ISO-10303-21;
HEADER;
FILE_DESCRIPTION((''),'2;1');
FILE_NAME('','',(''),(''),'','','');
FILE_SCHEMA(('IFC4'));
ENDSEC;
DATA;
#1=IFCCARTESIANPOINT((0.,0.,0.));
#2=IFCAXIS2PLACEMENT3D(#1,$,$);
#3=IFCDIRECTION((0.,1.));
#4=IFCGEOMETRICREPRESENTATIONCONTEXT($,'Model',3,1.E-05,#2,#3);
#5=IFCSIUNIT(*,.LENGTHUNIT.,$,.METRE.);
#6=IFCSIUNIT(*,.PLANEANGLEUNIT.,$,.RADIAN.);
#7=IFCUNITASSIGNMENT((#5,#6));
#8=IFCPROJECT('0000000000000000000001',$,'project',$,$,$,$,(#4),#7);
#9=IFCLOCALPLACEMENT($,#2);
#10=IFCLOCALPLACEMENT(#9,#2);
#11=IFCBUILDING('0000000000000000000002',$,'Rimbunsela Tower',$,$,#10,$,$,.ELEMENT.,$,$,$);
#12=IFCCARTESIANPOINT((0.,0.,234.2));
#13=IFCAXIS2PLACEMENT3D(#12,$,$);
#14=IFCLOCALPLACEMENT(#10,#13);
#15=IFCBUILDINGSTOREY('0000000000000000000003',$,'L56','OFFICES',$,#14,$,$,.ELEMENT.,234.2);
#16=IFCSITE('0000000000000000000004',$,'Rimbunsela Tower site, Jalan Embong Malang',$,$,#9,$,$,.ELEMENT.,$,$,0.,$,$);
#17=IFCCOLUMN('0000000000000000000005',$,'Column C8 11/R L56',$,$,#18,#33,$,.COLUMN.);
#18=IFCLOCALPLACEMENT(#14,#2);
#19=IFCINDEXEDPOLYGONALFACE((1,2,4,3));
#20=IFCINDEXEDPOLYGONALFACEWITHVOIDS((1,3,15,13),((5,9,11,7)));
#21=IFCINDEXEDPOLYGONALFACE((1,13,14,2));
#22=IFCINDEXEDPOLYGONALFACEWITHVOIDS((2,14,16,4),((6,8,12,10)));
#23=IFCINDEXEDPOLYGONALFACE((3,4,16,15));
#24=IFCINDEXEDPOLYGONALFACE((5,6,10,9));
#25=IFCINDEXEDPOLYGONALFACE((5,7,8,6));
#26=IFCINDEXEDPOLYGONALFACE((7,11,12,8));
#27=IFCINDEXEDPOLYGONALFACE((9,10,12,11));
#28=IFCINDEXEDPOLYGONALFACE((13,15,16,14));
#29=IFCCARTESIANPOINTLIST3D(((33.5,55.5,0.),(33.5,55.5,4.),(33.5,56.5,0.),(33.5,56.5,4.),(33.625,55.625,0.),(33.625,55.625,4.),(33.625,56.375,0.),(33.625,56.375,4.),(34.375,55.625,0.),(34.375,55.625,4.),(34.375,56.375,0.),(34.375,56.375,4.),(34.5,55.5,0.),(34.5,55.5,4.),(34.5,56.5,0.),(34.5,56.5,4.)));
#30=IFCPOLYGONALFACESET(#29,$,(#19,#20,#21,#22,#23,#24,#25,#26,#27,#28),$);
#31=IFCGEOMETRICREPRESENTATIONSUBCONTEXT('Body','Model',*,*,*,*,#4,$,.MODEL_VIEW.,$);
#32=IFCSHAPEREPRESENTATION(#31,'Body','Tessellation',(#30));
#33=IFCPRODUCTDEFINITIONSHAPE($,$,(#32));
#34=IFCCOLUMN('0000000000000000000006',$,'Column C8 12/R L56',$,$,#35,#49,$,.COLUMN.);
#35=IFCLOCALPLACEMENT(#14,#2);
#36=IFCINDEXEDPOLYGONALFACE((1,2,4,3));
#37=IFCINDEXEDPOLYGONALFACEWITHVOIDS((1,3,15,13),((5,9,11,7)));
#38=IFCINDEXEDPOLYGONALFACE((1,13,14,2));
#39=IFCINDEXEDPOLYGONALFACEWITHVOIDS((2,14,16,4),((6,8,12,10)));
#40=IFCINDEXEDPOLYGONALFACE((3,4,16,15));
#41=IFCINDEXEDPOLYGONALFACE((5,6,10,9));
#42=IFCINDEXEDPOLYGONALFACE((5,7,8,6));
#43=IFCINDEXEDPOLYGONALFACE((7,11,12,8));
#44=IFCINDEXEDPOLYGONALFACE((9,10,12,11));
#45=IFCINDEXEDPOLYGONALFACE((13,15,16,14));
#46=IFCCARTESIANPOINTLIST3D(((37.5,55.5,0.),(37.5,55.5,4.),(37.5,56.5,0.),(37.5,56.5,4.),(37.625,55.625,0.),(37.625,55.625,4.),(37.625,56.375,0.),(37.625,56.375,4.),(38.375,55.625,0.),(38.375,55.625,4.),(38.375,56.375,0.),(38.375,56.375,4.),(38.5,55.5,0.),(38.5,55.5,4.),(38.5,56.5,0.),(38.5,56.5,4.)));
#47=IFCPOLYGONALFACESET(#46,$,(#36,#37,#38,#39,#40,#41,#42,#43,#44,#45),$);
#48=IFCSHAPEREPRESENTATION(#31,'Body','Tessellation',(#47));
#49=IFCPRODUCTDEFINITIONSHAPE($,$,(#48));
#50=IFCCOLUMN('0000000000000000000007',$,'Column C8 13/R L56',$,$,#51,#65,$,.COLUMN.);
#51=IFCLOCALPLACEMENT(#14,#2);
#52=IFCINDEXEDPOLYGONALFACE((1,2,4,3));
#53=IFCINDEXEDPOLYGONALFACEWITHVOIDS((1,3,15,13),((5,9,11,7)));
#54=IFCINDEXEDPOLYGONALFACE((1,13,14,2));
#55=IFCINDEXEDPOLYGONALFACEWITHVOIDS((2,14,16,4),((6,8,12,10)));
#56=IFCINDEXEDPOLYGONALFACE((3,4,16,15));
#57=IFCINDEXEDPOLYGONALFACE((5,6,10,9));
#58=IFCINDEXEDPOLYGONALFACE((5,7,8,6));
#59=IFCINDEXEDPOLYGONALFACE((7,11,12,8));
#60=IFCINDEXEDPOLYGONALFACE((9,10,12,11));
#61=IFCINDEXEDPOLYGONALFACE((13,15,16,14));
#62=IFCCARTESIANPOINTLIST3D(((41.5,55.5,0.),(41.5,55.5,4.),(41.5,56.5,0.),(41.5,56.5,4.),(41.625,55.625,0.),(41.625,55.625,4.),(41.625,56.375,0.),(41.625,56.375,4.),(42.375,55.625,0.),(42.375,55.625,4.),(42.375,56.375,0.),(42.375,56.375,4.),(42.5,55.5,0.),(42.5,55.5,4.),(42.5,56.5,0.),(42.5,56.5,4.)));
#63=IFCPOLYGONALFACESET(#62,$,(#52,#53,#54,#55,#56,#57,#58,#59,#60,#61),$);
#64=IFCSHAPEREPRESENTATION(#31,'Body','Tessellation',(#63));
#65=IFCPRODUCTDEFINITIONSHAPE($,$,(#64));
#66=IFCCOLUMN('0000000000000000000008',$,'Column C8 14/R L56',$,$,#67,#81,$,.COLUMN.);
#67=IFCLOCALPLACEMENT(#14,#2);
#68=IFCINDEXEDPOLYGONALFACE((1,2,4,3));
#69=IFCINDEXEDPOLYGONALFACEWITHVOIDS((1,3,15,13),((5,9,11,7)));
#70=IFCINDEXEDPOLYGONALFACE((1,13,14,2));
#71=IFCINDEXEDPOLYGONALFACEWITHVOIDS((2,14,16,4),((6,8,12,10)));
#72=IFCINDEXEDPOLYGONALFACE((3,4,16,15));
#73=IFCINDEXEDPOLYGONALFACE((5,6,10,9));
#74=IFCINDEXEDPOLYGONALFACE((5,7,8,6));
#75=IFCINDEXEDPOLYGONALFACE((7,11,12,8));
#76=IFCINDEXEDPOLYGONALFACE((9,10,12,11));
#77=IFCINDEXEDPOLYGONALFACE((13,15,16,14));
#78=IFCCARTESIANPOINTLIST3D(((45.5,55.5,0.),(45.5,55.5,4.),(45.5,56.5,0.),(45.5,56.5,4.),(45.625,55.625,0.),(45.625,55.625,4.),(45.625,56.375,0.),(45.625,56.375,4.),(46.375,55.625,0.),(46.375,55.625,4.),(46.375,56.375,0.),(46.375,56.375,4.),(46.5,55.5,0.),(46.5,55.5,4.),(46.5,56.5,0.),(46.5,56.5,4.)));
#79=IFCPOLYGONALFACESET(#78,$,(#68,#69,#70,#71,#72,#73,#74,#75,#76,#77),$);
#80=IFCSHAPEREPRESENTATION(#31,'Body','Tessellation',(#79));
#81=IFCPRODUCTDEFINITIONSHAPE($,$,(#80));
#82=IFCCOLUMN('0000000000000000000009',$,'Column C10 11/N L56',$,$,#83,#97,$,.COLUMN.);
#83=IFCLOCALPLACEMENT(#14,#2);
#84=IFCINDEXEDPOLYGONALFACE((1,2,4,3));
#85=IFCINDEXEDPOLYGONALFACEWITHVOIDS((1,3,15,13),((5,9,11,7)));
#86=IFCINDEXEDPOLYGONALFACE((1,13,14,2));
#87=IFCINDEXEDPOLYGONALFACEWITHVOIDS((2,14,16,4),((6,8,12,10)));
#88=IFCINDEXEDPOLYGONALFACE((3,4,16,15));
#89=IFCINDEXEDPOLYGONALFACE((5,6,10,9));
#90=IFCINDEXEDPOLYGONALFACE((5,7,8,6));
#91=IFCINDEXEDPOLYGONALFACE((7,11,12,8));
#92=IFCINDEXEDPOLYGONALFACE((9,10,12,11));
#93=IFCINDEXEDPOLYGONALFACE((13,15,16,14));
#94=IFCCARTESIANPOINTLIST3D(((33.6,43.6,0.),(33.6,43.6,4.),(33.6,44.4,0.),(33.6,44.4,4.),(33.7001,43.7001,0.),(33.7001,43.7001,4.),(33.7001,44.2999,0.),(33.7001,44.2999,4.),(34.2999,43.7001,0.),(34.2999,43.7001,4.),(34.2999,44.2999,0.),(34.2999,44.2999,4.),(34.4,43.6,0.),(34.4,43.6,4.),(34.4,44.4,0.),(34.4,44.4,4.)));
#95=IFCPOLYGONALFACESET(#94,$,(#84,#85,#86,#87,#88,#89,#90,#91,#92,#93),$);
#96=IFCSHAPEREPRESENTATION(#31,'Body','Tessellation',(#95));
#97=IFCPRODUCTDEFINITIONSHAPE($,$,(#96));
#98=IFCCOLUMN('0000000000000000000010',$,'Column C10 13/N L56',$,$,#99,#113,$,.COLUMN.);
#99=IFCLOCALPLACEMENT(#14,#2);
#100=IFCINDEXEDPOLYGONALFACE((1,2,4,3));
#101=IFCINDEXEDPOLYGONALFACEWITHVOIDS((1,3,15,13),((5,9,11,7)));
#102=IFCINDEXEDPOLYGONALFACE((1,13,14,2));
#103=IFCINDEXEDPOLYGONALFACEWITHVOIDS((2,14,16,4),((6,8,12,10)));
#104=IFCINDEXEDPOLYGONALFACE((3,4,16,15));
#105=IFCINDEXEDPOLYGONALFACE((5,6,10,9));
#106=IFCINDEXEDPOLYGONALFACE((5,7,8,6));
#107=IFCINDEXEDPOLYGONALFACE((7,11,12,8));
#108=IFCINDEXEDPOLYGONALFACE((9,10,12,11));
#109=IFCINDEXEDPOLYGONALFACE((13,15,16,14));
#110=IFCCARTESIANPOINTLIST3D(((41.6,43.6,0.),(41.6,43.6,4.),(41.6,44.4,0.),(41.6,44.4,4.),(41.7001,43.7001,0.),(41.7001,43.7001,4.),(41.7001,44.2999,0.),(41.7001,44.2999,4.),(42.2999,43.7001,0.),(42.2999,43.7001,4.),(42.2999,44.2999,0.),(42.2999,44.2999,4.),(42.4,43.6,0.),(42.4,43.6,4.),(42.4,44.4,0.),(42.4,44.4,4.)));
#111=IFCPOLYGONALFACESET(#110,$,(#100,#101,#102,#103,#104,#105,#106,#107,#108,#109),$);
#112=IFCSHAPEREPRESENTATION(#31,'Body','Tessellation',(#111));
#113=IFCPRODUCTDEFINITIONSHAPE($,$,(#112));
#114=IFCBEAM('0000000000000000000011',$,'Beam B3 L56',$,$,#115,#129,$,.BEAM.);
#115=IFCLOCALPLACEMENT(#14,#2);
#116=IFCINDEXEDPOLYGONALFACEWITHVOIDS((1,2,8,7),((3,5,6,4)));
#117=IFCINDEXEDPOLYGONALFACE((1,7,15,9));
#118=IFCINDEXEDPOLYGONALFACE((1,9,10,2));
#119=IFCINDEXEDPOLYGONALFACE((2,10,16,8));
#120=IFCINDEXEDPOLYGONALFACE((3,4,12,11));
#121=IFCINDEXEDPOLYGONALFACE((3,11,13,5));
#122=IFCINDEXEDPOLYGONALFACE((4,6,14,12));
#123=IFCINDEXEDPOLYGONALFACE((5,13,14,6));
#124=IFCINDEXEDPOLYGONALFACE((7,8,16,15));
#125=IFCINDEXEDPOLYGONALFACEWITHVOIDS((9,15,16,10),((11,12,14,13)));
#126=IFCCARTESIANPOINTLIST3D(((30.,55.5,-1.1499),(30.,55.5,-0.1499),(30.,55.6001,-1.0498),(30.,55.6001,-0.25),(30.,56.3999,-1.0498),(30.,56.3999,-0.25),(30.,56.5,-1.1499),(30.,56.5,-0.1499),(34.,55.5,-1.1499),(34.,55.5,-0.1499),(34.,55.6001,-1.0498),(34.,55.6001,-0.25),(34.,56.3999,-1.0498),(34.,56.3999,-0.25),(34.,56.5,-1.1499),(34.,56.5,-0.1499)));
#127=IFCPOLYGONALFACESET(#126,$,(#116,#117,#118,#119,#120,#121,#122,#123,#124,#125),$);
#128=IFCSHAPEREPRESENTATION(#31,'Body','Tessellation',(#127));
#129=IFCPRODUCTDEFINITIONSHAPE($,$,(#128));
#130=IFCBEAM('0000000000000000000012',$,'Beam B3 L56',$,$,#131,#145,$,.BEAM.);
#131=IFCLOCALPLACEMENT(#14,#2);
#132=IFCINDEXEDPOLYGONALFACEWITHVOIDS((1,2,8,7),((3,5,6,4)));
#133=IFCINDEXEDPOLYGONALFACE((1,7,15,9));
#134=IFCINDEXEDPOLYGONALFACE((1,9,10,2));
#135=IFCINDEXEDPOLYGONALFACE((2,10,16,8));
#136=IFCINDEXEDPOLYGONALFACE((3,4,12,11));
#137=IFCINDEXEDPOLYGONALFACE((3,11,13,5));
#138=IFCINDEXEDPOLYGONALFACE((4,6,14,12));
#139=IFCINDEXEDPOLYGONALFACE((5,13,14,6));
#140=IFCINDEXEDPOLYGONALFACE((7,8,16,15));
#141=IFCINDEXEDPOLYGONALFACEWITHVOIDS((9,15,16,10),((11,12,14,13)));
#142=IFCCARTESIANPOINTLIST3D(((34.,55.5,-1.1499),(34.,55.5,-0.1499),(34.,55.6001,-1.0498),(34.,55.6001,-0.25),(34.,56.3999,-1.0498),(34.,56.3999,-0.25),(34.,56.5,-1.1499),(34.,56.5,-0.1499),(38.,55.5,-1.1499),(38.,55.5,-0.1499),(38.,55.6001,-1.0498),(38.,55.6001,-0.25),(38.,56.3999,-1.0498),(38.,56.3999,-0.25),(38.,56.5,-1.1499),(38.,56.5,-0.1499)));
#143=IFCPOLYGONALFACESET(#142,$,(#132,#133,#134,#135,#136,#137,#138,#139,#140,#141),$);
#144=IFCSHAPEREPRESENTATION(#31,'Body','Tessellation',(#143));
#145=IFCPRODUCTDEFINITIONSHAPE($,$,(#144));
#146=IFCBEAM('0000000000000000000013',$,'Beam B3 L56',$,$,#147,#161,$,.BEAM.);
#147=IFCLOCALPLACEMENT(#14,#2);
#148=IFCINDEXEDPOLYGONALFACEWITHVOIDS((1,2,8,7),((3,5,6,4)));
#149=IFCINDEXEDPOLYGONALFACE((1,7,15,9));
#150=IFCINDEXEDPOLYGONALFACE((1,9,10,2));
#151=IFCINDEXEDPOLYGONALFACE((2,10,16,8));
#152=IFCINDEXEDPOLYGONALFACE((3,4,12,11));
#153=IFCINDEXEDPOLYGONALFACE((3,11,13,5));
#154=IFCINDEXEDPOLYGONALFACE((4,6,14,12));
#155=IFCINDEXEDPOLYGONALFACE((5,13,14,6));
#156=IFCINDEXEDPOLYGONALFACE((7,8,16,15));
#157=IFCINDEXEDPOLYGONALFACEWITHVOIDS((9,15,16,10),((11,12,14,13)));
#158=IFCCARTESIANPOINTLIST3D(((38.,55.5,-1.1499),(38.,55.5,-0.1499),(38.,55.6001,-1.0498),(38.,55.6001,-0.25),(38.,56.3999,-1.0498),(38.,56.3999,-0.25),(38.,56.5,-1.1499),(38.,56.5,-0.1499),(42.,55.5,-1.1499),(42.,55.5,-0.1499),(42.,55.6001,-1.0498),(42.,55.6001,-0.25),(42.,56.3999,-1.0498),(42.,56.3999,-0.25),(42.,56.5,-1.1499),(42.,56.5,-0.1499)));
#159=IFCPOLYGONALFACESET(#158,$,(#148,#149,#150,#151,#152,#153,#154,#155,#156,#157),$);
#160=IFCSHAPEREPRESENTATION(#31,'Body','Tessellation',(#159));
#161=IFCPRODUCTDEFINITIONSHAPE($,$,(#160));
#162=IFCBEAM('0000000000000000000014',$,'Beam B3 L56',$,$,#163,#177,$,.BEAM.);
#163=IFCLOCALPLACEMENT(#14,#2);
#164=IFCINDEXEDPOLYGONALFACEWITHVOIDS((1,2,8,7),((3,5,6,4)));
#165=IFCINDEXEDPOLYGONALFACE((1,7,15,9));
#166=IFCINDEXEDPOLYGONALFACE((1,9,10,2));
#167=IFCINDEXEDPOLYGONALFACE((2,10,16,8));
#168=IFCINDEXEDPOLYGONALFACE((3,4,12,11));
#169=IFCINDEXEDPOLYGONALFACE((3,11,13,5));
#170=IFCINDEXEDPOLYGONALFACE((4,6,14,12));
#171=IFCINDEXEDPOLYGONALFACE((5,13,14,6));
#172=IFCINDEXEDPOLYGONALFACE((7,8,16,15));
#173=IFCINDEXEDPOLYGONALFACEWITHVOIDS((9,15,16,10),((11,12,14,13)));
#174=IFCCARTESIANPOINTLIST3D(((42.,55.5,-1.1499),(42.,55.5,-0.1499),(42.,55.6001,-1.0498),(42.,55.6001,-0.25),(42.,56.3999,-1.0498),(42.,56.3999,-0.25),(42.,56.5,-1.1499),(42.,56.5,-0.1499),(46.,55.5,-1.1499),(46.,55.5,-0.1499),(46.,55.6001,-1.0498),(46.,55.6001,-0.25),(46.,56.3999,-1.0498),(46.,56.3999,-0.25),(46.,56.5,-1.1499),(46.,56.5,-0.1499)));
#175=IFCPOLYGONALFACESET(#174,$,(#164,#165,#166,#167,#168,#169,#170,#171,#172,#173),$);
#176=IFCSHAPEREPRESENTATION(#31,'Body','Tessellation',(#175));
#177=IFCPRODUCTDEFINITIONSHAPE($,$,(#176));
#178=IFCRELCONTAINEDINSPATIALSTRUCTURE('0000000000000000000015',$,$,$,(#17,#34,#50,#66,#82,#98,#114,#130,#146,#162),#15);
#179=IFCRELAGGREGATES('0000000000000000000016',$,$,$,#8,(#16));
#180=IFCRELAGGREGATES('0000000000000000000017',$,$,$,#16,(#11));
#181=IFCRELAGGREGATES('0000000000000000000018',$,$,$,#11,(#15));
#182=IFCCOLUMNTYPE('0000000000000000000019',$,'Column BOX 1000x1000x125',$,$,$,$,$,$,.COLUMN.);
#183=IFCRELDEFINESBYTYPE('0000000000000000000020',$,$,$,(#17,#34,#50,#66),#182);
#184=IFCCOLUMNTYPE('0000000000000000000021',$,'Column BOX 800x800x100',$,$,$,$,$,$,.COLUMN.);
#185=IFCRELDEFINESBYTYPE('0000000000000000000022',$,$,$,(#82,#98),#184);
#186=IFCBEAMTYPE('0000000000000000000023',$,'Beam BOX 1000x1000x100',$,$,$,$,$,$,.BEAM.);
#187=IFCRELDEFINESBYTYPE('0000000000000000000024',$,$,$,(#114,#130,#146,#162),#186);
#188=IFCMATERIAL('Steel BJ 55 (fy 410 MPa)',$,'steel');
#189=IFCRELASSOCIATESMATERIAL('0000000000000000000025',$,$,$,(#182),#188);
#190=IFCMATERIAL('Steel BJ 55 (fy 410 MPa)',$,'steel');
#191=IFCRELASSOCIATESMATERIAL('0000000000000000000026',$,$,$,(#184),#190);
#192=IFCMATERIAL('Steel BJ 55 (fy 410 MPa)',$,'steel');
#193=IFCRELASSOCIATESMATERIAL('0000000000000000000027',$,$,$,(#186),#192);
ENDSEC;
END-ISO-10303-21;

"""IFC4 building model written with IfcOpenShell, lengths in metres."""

from ifc_helpers import new_model, si_unit, direction, frame, origin, origin_2d, place, context, subcontext, project, spatial, hollow_rectangle, extrude, material, material_profile, profile_set, type_object, element, save


model = new_model("IFC4")

# Units and contexts
model_context = context("Model", 3, precision=1e-05, world=origin(), true_north=direction((0.0, 1.0)))
body_context = subcontext(model_context, "Body", "Model", "MODEL_VIEW")
ifc_project = project(units=[si_unit("LENGTHUNIT", "METRE"), si_unit("PLANEANGLEUNIT", "RADIAN")], contexts=[model_context])

# Site, building, storey
site_placement = place(None, origin())
site = spatial("IfcSite", under=ifc_project, at=site_placement, Name="Rimbunsela Tower site, Jalan Embong Malang", CompositionType="ELEMENT", RefElevation=0.0)
building_placement = place(site_placement, origin())
building = spatial("IfcBuilding", under=site, at=building_placement, Name="Rimbunsela Tower", CompositionType="ELEMENT")
storey_placement = place(building_placement, frame((0.0, 0.0, 234.2)))
storey = spatial("IfcBuildingStorey", under=building, at=storey_placement, Name="L56", Description="OFFICES", CompositionType="ELEMENT", Elevation=234.2)

# Columns
ifc_material_1 = material(Name="Steel BJ 55 (fy 410 MPa)", Category="steel")
ifc_material_profile_1 = material_profile(ifc_material_1, hollow_rectangle(XDim=1.0, YDim=1.0, WallThickness=0.125, at=origin_2d()), Name="BOX 1000x1000x125")
ifc_profile_set_1 = profile_set([ifc_material_profile_1], Name="Steel BJ 55 (fy 410 MPa)")
column_type_1 = type_object("IfcColumnType", Name="Column BOX 1000x1000x125", PredefinedType="COLUMN", material=ifc_profile_set_1)
for number, where, z_axis, x_axis, name in (
    (1, (34.0, 56.0, 0.0), (0.0, 0.0, 1.0), (1.0, 0.0, 0.0), "Column C8 11/R L56"),
    (2, (38.0, 56.0, 0.0), (0.0, 0.0, 1.0), (1.0, 0.0, 0.0), "Column C8 12/R L56"),
    (3, (42.0, 56.0, 0.0), (0.0, 0.0, 1.0), (1.0, 0.0, 0.0), "Column C8 13/R L56"),
    (4, (46.0, 56.0, 0.0), (0.0, 0.0, 1.0), (1.0, 0.0, 0.0), "Column C8 14/R L56"),
):
    element("IfcColumn", number, at=place(storey_placement, frame(where, z_axis=z_axis, x_axis=x_axis)), inside=storey, type_object=column_type_1, Name=name, PredefinedType="COLUMN", context=body_context, shape_type="SweptSolid", body=[
        extrude(hollow_rectangle(XDim=1.0, YDim=1.0, WallThickness=0.125, at=origin_2d()), origin(), (0.0, 0.0, 1.0), 4.0),
    ])
ifc_material_2 = material(Name="Steel BJ 55 (fy 410 MPa)", Category="steel")
ifc_material_profile_2 = material_profile(ifc_material_2, hollow_rectangle(XDim=0.8, YDim=0.8, WallThickness=0.1001, at=origin_2d()), Name="BOX 800x800x100")
ifc_profile_set_2 = profile_set([ifc_material_profile_2], Name="Steel BJ 55 (fy 410 MPa)")
column_type_2 = type_object("IfcColumnType", Name="Column BOX 800x800x100", PredefinedType="COLUMN", material=ifc_profile_set_2)
for number, where, z_axis, x_axis, name in (
    (5, (34.0, 44.0, 0.0), (0.0, 0.0, 1.0), (1.0, 0.0, 0.0), "Column C10 11/N L56"),
    (6, (42.0, 44.0, 0.0), (0.0, 0.0, 1.0), (1.0, 0.0, 0.0), "Column C10 13/N L56"),
):
    element("IfcColumn", number, at=place(storey_placement, frame(where, z_axis=z_axis, x_axis=x_axis)), inside=storey, type_object=column_type_2, Name=name, PredefinedType="COLUMN", context=body_context, shape_type="SweptSolid", body=[
        extrude(hollow_rectangle(XDim=0.8, YDim=0.8, WallThickness=0.1001, at=origin_2d()), origin(), (0.0, 0.0, 1.0), 4.0),
    ])

# Beams
ifc_material_3 = material(Name="Steel BJ 55 (fy 410 MPa)", Category="steel")
ifc_material_profile_3 = material_profile(ifc_material_3, hollow_rectangle(XDim=1.0, YDim=1.0, WallThickness=0.1001, at=origin_2d()), Name="BOX 1000x1000x100")
ifc_profile_set_3 = profile_set([ifc_material_profile_3], Name="Steel BJ 55 (fy 410 MPa)")
beam_type_1 = type_object("IfcBeamType", Name="Beam BOX 1000x1000x100", PredefinedType="BEAM", material=ifc_profile_set_3)
for number, where, z_axis, x_axis, name in (
    (7, (30.0, 56.0, -0.6499), (1.0, 0.0, 0.0), (0.0, 1.0, 0.0), "Beam B3 L56"),
    (8, (34.0, 56.0, -0.6499), (1.0, 0.0, 0.0), (0.0, 1.0, 0.0), "Beam B3 L56"),
    (9, (38.0, 56.0, -0.6499), (1.0, 0.0, 0.0), (0.0, 1.0, 0.0), "Beam B3 L56"),
    (10, (42.0, 56.0, -0.6499), (1.0, 0.0, 0.0), (0.0, 1.0, 0.0), "Beam B3 L56"),
):
    element("IfcBeam", number, at=place(storey_placement, frame(where, z_axis=z_axis, x_axis=x_axis)), inside=storey, type_object=beam_type_1, Name=name, PredefinedType="BEAM", context=body_context, shape_type="SweptSolid", body=[
        extrude(hollow_rectangle(XDim=1.0, YDim=1.0, WallThickness=0.1001, at=origin_2d()), origin(), (0.0, 0.0, 1.0), 4.0),
    ])

save(model, "model.ifc")
